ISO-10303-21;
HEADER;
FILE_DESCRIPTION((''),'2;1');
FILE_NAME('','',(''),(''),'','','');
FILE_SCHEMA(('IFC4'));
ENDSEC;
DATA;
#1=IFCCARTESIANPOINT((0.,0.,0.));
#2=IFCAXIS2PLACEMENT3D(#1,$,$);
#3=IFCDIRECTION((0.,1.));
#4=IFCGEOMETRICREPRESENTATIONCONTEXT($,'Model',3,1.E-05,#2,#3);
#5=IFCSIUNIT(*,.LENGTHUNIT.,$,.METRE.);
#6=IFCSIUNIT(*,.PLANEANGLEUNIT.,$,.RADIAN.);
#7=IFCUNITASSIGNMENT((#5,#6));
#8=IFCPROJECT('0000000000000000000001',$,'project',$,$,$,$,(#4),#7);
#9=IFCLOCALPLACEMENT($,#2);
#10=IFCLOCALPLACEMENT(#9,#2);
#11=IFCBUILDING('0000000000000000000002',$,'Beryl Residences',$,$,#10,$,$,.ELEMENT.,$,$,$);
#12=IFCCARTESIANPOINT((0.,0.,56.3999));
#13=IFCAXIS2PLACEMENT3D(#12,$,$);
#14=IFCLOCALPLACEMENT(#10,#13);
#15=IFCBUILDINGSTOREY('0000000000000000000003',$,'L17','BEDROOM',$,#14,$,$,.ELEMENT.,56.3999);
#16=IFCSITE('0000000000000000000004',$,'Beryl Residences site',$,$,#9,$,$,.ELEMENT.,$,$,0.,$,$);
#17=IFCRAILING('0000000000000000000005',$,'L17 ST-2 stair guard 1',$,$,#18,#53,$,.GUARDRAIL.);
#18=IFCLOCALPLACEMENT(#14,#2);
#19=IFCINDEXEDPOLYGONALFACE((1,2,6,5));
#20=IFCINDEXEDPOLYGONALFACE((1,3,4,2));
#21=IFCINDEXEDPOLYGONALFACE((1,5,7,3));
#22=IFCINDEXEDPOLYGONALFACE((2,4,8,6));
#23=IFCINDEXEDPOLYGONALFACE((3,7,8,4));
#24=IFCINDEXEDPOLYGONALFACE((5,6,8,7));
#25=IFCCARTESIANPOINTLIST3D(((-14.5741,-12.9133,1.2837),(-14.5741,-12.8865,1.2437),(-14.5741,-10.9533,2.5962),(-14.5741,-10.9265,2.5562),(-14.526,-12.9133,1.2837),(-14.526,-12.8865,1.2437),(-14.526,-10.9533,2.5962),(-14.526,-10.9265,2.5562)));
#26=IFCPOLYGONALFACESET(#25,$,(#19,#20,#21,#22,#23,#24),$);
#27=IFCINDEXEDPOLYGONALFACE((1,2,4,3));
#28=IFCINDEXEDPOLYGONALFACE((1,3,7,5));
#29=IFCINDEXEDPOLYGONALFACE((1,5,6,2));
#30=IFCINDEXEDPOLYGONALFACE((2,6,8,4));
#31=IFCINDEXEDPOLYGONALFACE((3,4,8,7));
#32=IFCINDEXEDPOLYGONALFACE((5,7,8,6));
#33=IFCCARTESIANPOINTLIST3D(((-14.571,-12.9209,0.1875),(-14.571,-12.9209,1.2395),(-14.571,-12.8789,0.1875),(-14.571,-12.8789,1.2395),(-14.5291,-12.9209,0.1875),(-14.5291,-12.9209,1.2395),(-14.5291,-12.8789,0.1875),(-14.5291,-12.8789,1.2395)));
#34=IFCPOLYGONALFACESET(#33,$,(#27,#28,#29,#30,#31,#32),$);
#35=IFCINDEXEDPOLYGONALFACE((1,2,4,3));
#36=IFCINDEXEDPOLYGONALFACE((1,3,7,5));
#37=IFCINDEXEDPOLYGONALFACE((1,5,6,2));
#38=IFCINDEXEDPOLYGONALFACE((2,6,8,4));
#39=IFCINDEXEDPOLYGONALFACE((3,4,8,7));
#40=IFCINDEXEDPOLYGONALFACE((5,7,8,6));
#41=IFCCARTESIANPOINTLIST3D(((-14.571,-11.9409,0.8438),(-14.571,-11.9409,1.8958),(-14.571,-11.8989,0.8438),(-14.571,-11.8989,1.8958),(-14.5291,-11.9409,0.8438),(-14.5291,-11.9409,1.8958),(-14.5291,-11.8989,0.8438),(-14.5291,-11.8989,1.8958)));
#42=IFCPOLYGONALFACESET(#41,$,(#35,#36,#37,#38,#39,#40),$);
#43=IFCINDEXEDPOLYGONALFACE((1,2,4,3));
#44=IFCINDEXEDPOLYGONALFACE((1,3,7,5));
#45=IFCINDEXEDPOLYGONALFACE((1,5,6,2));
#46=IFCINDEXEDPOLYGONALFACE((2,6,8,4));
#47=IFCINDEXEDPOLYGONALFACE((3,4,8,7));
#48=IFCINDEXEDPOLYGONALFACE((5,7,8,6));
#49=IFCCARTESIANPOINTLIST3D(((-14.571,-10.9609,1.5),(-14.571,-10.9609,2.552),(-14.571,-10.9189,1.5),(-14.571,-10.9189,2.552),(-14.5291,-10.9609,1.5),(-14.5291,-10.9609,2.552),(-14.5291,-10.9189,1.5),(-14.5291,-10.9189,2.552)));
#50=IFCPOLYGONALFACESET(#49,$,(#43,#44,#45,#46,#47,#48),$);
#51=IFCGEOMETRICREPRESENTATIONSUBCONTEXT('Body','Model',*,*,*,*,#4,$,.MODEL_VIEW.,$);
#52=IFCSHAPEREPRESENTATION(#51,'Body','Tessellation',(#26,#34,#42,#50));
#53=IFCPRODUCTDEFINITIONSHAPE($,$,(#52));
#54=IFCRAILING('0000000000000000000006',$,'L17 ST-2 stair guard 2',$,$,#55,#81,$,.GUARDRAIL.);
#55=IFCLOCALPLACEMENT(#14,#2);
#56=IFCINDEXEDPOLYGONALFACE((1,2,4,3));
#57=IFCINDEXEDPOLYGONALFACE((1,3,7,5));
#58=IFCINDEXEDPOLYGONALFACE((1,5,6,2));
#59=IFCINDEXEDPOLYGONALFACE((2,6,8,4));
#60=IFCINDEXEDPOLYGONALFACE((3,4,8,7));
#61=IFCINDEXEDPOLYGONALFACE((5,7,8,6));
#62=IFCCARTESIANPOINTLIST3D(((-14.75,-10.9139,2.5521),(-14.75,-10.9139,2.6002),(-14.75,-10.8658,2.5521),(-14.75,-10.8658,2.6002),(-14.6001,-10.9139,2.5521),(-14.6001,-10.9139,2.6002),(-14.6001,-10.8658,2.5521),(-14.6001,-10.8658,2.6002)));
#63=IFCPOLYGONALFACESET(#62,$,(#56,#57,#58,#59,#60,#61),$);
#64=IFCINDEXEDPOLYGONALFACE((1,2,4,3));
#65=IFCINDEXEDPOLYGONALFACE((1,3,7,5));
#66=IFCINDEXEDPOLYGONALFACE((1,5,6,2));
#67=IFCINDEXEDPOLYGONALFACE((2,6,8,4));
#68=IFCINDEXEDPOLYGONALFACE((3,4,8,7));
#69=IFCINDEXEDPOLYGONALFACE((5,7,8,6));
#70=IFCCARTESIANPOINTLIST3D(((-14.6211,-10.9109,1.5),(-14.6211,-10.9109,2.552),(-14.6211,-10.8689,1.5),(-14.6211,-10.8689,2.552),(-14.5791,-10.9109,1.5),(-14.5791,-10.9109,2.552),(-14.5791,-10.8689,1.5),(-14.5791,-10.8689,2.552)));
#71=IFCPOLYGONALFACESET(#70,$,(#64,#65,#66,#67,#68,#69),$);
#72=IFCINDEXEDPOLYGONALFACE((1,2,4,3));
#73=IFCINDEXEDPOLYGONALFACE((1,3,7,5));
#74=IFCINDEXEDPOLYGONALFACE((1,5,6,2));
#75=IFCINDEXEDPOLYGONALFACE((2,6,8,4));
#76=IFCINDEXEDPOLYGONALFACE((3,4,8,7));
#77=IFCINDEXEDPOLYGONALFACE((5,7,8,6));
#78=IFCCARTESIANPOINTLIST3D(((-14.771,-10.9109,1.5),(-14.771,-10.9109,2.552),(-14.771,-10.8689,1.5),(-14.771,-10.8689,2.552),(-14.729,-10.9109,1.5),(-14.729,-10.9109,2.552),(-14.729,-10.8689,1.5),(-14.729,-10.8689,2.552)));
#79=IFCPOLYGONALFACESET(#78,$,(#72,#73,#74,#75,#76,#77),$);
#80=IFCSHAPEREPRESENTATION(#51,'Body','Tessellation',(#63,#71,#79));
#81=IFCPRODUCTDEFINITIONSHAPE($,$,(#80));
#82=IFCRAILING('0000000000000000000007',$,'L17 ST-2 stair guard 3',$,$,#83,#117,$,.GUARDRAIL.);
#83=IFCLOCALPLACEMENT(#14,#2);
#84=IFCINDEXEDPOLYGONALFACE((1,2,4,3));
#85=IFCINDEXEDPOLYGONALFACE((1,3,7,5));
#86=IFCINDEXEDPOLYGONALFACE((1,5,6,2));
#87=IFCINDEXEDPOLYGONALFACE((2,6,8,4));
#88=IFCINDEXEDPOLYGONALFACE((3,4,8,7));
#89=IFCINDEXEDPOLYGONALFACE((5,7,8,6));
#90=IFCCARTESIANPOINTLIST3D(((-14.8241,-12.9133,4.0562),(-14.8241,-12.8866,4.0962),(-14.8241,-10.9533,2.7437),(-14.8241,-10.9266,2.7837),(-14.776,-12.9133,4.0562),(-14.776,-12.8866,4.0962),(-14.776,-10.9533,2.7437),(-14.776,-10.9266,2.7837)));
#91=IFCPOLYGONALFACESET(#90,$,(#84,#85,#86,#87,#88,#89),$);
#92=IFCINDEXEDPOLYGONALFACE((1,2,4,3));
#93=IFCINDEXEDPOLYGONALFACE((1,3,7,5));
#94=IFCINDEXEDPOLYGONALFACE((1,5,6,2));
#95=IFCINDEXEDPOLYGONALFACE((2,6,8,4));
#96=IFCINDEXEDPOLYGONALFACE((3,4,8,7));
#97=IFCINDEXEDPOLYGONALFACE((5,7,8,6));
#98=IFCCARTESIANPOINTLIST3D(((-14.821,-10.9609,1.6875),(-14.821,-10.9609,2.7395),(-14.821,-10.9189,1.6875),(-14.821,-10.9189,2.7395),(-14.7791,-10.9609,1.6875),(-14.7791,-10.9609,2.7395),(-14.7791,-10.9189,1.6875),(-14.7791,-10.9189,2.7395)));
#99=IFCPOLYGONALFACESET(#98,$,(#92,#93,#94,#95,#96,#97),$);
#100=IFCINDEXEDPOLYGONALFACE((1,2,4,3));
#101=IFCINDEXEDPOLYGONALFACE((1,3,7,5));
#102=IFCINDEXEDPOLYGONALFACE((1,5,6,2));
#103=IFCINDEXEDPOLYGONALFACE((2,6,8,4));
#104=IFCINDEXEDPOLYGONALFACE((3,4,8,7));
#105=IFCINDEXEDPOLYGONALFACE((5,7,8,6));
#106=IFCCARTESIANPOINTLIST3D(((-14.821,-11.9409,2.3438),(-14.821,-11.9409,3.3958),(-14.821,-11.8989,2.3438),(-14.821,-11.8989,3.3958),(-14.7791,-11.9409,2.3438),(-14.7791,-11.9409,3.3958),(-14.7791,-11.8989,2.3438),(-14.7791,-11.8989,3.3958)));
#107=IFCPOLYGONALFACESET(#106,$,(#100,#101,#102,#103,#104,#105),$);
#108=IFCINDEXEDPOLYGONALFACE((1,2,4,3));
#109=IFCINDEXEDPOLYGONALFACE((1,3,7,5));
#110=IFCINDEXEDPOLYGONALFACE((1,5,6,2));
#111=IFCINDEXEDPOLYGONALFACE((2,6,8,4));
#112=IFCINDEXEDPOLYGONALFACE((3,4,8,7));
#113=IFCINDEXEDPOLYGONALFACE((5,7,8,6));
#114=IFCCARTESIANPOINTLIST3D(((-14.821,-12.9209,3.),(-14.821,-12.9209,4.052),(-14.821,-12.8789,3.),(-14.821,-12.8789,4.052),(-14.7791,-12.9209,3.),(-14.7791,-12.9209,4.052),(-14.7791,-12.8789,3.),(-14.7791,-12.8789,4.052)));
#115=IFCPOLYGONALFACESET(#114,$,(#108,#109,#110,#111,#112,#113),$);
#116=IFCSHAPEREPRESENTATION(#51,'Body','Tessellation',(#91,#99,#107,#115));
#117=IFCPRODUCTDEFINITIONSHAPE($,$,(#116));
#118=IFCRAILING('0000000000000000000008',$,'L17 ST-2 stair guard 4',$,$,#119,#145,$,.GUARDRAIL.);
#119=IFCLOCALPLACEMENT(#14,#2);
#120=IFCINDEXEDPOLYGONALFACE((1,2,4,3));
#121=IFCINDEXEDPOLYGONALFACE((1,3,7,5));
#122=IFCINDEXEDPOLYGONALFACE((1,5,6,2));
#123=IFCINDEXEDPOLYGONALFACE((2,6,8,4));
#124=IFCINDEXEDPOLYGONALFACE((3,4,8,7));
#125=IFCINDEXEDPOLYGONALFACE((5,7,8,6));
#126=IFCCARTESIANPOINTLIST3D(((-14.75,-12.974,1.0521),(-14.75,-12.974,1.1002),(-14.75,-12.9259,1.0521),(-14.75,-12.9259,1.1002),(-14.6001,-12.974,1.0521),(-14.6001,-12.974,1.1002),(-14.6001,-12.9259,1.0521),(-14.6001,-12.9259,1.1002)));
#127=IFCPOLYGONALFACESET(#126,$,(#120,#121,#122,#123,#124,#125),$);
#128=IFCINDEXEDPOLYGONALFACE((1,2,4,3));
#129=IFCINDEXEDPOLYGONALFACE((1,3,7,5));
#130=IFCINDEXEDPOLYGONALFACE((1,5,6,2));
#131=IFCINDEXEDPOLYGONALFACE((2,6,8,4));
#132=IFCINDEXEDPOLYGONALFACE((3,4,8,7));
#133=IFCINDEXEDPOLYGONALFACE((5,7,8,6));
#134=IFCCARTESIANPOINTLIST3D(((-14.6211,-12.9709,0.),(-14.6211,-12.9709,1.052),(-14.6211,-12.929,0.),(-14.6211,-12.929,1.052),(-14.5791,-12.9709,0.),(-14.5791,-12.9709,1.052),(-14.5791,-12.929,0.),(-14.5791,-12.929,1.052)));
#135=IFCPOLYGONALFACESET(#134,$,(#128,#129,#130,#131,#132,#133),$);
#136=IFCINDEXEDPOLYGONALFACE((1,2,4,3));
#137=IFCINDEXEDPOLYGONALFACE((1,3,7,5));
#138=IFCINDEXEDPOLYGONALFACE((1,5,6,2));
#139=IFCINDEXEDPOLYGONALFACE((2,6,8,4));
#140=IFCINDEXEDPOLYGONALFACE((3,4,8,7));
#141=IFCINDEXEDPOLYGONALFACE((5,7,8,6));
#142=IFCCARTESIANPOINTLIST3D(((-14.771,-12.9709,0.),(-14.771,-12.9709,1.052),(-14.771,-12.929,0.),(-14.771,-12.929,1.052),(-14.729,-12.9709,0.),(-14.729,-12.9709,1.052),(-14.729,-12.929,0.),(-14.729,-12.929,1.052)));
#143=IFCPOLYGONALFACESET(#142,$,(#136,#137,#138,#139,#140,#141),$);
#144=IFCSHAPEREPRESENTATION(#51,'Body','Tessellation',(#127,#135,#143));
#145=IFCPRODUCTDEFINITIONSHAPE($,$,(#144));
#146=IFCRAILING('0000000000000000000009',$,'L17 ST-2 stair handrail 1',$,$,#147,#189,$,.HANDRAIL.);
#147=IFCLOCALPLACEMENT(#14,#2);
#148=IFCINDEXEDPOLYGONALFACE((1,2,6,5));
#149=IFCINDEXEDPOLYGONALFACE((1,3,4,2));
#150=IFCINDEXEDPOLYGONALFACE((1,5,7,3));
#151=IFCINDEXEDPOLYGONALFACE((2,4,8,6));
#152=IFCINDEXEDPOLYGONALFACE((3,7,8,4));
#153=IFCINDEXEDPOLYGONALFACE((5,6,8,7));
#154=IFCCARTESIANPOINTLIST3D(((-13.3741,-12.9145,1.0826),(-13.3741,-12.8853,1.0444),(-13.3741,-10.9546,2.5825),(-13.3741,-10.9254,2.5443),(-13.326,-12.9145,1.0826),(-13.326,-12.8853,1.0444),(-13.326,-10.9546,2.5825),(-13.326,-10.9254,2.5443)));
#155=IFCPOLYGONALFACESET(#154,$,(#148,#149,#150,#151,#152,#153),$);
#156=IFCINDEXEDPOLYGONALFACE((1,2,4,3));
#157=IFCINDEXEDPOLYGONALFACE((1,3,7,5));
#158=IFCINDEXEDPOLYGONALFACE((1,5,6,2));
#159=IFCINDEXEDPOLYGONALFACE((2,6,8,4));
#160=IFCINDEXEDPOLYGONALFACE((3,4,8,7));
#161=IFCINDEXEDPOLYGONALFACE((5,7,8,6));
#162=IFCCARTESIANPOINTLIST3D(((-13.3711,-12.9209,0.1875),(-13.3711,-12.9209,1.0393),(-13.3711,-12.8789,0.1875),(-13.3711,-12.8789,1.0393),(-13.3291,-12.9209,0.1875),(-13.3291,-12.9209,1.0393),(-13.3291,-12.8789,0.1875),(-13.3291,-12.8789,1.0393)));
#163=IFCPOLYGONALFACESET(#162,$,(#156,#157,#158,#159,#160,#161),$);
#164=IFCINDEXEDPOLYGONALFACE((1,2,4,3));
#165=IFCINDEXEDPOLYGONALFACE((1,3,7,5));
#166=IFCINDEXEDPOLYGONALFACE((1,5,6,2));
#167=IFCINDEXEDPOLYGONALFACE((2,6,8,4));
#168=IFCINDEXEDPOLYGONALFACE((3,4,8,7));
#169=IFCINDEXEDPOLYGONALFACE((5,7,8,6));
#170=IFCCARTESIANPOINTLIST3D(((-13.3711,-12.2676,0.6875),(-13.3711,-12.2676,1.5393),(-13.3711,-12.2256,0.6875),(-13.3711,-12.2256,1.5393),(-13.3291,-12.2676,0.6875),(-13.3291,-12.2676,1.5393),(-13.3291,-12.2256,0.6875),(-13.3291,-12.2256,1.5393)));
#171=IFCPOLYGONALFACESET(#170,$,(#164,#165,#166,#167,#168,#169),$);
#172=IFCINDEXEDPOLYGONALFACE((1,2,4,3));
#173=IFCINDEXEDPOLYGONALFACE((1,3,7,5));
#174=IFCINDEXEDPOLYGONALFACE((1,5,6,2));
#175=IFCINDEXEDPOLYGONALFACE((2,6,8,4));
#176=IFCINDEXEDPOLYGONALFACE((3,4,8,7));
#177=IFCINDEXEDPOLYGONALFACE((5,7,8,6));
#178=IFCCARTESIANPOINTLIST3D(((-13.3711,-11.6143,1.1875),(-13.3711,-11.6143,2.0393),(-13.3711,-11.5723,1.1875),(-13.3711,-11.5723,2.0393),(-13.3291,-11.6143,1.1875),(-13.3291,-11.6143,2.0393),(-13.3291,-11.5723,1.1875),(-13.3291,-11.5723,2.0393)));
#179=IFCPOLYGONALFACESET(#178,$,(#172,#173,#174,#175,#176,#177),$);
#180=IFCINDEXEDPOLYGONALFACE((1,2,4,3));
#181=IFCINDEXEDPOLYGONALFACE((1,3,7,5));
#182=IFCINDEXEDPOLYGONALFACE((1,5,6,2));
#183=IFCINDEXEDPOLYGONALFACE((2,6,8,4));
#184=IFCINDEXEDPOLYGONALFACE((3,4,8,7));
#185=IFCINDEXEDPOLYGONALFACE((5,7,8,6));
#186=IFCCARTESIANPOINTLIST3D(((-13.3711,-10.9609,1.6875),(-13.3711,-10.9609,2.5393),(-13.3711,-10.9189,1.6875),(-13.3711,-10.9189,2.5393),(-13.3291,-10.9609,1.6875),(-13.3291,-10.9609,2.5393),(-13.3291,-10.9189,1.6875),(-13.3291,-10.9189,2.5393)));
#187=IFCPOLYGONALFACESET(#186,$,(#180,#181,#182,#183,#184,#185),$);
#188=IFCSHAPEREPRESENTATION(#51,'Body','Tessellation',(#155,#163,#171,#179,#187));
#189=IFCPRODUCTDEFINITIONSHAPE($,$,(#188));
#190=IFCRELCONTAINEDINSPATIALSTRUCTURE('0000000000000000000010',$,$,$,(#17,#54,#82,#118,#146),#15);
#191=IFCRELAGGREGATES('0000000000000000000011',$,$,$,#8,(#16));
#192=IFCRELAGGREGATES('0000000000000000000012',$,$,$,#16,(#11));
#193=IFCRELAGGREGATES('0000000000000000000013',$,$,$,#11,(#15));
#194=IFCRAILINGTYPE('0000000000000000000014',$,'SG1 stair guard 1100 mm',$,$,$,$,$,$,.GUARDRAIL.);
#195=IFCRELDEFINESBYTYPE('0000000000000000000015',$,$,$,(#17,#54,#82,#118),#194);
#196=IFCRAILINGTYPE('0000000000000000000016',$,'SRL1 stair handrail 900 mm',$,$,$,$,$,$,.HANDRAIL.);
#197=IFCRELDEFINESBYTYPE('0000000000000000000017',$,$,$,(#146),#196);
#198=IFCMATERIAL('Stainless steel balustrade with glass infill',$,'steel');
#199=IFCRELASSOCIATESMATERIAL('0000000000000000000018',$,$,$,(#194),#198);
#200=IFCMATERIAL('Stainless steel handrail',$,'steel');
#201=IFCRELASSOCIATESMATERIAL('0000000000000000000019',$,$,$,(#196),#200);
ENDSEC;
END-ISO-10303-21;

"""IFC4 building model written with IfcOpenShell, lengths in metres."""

from ifc_helpers import new_model, si_unit, direction, frame, origin, origin_2d, place, context, subcontext, project, spatial, rectangle, extrude, material, type_object, element, save


model = new_model("IFC4")

# Units and contexts
model_context = context("Model", 3, precision=1e-05, world=origin(), true_north=direction((0.0, 1.0)))
body_context = subcontext(model_context, "Body", "Model", "MODEL_VIEW")
ifc_project = project(units=[si_unit("LENGTHUNIT", "METRE"), si_unit("PLANEANGLEUNIT", "RADIAN")], contexts=[model_context])

# Site, building, storey
site_placement = place(None, origin())
site = spatial("IfcSite", under=ifc_project, at=site_placement, Name="Beryl Residences site", CompositionType="ELEMENT", RefElevation=0.0)
building_placement = place(site_placement, origin())
building = spatial("IfcBuilding", under=site, at=building_placement, Name="Beryl Residences", CompositionType="ELEMENT")
storey_placement = place(building_placement, frame((0.0, 0.0, 56.3999)))
storey = spatial("IfcBuildingStorey", under=building, at=storey_placement, Name="L17", Description="BEDROOM", CompositionType="ELEMENT", Elevation=56.3999)

# Railings
ifc_material_1 = material(Name="Stainless steel balustrade with glass infill", Category="steel")
railing_type_1 = type_object("IfcRailingType", Name="SG1 stair guard 1100 mm", PredefinedType="GUARDRAIL", material=ifc_material_1)
railing_1_placement = place(storey_placement, frame((-14.55, -12.8999, 0.1875)))
element("IfcRailing", 1, at=railing_1_placement, inside=storey, type_object=railing_type_1, Name="L17 ST-2 stair guard 1", PredefinedType="GUARDRAIL", context=body_context, shape_type="SweptSolid", body=[
    extrude(rectangle(XDim=0.0481, YDim=0.0481, at=origin_2d()), frame((0.0, 0.0, 1.0762), z_axis=(0.0, 0.830902, 0.556419), x_axis=(-1.0, 0.0, 0.0)), (0.0, 0.0, 1.0), 2.3589),
    extrude(rectangle(XDim=0.042, YDim=0.042, at=origin_2d()), origin(), (0.0, 0.0, 1.0), 1.052),
    extrude(rectangle(XDim=0.042, YDim=0.042, at=origin_2d()), frame((0.0, 0.98, 0.6562)), (0.0, 0.0, 1.0), 1.052),
    extrude(rectangle(XDim=0.042, YDim=0.042, at=origin_2d()), frame((0.0, 1.96, 1.3125)), (0.0, 0.0, 1.0), 1.052),
])
railing_2_placement = place(storey_placement, frame((-14.6001, -10.8899, 1.5)))
element("IfcRailing", 2, at=railing_2_placement, inside=storey, type_object=railing_type_1, Name="L17 ST-2 stair guard 2", PredefinedType="GUARDRAIL", context=body_context, shape_type="SweptSolid", body=[
    extrude(rectangle(XDim=0.0481, YDim=0.0481, at=origin_2d()), frame((0.0, 0.0, 1.0762), z_axis=(-1.0, 0.0, 0.0), x_axis=(0.0, -1.0, 0.0)), (0.0, 0.0, 1.0), 0.1499),
    extrude(rectangle(XDim=0.042, YDim=0.042, at=origin_2d()), origin(), (0.0, 0.0, 1.0), 1.052),
    extrude(rectangle(XDim=0.042, YDim=0.042, at=origin_2d()), frame((-0.1499, 0.0, 0.0)), (0.0, 0.0, 1.0), 1.052),
])
railing_3_placement = place(storey_placement, frame((-14.8, -10.9399, 1.6875)))
element("IfcRailing", 3, at=railing_3_placement, inside=storey, type_object=railing_type_1, Name="L17 ST-2 stair guard 3", PredefinedType="GUARDRAIL", context=body_context, shape_type="SweptSolid", body=[
    extrude(rectangle(XDim=0.0481, YDim=0.0481, at=origin_2d()), frame((0.0, 0.0, 1.0762), z_axis=(0.0, -0.830902, 0.556419), x_axis=(1.0, 0.0, 0.0)), (0.0, 0.0, 1.0), 2.3589),
    extrude(rectangle(XDim=0.042, YDim=0.042, at=origin_2d()), origin(), (0.0, 0.0, 1.0), 1.052),
    extrude(rectangle(XDim=0.042, YDim=0.042, at=origin_2d()), frame((0.0, -0.98, 0.6562)), (0.0, 0.0, 1.0), 1.052),
    extrude(rectangle(XDim=0.042, YDim=0.042, at=origin_2d()), frame((0.0, -1.96, 1.3125)), (0.0, 0.0, 1.0), 1.052),
])
railing_4_placement = place(storey_placement, frame((-14.6001, -12.95, 0.0)))
element("IfcRailing", 4, at=railing_4_placement, inside=storey, type_object=railing_type_1, Name="L17 ST-2 stair guard 4", PredefinedType="GUARDRAIL", context=body_context, shape_type="SweptSolid", body=[
    extrude(rectangle(XDim=0.0481, YDim=0.0481, at=origin_2d()), frame((0.0, 0.0, 1.0762), z_axis=(-1.0, 0.0, 0.0), x_axis=(0.0, -1.0, 0.0)), (0.0, 0.0, 1.0), 0.1499),
    extrude(rectangle(XDim=0.042, YDim=0.042, at=origin_2d()), origin(), (0.0, 0.0, 1.0), 1.052),
    extrude(rectangle(XDim=0.042, YDim=0.042, at=origin_2d()), frame((-0.1499, 0.0, 0.0)), (0.0, 0.0, 1.0), 1.052),
])
ifc_material_2 = material(Name="Stainless steel handrail", Category="steel")
railing_type_2 = type_object("IfcRailingType", Name="SRL1 stair handrail 900 mm", PredefinedType="HANDRAIL", material=ifc_material_2)
railing_5_placement = place(storey_placement, frame((-13.3501, -12.8999, 0.1875)))
element("IfcRailing", 5, at=railing_5_placement, inside=storey, type_object=railing_type_2, Name="L17 ST-2 stair handrail 1", PredefinedType="HANDRAIL", context=body_context, shape_type="SweptSolid", body=[
    extrude(rectangle(XDim=0.0481, YDim=0.0481, at=origin_2d()), frame((0.0, 0.0, 0.876), z_axis=(0.0, 0.794122, 0.607758), x_axis=(-1.0, 0.0, 0.0)), (0.0, 0.0, 1.0), 2.468),
    extrude(rectangle(XDim=0.042, YDim=0.042, at=origin_2d()), origin(), (0.0, 0.0, 1.0), 0.8518),
    extrude(rectangle(XDim=0.042, YDim=0.042, at=origin_2d()), frame((0.0, 0.6533, 0.5)), (0.0, 0.0, 1.0), 0.8518),
    extrude(rectangle(XDim=0.042, YDim=0.042, at=origin_2d()), frame((0.0, 1.3066, 1.0)), (0.0, 0.0, 1.0), 0.8518),
    extrude(rectangle(XDim=0.042, YDim=0.042, at=origin_2d()), frame((0.0, 1.96, 1.5)), (0.0, 0.0, 1.0), 0.8518),
])

save(model, "model.ifc")
